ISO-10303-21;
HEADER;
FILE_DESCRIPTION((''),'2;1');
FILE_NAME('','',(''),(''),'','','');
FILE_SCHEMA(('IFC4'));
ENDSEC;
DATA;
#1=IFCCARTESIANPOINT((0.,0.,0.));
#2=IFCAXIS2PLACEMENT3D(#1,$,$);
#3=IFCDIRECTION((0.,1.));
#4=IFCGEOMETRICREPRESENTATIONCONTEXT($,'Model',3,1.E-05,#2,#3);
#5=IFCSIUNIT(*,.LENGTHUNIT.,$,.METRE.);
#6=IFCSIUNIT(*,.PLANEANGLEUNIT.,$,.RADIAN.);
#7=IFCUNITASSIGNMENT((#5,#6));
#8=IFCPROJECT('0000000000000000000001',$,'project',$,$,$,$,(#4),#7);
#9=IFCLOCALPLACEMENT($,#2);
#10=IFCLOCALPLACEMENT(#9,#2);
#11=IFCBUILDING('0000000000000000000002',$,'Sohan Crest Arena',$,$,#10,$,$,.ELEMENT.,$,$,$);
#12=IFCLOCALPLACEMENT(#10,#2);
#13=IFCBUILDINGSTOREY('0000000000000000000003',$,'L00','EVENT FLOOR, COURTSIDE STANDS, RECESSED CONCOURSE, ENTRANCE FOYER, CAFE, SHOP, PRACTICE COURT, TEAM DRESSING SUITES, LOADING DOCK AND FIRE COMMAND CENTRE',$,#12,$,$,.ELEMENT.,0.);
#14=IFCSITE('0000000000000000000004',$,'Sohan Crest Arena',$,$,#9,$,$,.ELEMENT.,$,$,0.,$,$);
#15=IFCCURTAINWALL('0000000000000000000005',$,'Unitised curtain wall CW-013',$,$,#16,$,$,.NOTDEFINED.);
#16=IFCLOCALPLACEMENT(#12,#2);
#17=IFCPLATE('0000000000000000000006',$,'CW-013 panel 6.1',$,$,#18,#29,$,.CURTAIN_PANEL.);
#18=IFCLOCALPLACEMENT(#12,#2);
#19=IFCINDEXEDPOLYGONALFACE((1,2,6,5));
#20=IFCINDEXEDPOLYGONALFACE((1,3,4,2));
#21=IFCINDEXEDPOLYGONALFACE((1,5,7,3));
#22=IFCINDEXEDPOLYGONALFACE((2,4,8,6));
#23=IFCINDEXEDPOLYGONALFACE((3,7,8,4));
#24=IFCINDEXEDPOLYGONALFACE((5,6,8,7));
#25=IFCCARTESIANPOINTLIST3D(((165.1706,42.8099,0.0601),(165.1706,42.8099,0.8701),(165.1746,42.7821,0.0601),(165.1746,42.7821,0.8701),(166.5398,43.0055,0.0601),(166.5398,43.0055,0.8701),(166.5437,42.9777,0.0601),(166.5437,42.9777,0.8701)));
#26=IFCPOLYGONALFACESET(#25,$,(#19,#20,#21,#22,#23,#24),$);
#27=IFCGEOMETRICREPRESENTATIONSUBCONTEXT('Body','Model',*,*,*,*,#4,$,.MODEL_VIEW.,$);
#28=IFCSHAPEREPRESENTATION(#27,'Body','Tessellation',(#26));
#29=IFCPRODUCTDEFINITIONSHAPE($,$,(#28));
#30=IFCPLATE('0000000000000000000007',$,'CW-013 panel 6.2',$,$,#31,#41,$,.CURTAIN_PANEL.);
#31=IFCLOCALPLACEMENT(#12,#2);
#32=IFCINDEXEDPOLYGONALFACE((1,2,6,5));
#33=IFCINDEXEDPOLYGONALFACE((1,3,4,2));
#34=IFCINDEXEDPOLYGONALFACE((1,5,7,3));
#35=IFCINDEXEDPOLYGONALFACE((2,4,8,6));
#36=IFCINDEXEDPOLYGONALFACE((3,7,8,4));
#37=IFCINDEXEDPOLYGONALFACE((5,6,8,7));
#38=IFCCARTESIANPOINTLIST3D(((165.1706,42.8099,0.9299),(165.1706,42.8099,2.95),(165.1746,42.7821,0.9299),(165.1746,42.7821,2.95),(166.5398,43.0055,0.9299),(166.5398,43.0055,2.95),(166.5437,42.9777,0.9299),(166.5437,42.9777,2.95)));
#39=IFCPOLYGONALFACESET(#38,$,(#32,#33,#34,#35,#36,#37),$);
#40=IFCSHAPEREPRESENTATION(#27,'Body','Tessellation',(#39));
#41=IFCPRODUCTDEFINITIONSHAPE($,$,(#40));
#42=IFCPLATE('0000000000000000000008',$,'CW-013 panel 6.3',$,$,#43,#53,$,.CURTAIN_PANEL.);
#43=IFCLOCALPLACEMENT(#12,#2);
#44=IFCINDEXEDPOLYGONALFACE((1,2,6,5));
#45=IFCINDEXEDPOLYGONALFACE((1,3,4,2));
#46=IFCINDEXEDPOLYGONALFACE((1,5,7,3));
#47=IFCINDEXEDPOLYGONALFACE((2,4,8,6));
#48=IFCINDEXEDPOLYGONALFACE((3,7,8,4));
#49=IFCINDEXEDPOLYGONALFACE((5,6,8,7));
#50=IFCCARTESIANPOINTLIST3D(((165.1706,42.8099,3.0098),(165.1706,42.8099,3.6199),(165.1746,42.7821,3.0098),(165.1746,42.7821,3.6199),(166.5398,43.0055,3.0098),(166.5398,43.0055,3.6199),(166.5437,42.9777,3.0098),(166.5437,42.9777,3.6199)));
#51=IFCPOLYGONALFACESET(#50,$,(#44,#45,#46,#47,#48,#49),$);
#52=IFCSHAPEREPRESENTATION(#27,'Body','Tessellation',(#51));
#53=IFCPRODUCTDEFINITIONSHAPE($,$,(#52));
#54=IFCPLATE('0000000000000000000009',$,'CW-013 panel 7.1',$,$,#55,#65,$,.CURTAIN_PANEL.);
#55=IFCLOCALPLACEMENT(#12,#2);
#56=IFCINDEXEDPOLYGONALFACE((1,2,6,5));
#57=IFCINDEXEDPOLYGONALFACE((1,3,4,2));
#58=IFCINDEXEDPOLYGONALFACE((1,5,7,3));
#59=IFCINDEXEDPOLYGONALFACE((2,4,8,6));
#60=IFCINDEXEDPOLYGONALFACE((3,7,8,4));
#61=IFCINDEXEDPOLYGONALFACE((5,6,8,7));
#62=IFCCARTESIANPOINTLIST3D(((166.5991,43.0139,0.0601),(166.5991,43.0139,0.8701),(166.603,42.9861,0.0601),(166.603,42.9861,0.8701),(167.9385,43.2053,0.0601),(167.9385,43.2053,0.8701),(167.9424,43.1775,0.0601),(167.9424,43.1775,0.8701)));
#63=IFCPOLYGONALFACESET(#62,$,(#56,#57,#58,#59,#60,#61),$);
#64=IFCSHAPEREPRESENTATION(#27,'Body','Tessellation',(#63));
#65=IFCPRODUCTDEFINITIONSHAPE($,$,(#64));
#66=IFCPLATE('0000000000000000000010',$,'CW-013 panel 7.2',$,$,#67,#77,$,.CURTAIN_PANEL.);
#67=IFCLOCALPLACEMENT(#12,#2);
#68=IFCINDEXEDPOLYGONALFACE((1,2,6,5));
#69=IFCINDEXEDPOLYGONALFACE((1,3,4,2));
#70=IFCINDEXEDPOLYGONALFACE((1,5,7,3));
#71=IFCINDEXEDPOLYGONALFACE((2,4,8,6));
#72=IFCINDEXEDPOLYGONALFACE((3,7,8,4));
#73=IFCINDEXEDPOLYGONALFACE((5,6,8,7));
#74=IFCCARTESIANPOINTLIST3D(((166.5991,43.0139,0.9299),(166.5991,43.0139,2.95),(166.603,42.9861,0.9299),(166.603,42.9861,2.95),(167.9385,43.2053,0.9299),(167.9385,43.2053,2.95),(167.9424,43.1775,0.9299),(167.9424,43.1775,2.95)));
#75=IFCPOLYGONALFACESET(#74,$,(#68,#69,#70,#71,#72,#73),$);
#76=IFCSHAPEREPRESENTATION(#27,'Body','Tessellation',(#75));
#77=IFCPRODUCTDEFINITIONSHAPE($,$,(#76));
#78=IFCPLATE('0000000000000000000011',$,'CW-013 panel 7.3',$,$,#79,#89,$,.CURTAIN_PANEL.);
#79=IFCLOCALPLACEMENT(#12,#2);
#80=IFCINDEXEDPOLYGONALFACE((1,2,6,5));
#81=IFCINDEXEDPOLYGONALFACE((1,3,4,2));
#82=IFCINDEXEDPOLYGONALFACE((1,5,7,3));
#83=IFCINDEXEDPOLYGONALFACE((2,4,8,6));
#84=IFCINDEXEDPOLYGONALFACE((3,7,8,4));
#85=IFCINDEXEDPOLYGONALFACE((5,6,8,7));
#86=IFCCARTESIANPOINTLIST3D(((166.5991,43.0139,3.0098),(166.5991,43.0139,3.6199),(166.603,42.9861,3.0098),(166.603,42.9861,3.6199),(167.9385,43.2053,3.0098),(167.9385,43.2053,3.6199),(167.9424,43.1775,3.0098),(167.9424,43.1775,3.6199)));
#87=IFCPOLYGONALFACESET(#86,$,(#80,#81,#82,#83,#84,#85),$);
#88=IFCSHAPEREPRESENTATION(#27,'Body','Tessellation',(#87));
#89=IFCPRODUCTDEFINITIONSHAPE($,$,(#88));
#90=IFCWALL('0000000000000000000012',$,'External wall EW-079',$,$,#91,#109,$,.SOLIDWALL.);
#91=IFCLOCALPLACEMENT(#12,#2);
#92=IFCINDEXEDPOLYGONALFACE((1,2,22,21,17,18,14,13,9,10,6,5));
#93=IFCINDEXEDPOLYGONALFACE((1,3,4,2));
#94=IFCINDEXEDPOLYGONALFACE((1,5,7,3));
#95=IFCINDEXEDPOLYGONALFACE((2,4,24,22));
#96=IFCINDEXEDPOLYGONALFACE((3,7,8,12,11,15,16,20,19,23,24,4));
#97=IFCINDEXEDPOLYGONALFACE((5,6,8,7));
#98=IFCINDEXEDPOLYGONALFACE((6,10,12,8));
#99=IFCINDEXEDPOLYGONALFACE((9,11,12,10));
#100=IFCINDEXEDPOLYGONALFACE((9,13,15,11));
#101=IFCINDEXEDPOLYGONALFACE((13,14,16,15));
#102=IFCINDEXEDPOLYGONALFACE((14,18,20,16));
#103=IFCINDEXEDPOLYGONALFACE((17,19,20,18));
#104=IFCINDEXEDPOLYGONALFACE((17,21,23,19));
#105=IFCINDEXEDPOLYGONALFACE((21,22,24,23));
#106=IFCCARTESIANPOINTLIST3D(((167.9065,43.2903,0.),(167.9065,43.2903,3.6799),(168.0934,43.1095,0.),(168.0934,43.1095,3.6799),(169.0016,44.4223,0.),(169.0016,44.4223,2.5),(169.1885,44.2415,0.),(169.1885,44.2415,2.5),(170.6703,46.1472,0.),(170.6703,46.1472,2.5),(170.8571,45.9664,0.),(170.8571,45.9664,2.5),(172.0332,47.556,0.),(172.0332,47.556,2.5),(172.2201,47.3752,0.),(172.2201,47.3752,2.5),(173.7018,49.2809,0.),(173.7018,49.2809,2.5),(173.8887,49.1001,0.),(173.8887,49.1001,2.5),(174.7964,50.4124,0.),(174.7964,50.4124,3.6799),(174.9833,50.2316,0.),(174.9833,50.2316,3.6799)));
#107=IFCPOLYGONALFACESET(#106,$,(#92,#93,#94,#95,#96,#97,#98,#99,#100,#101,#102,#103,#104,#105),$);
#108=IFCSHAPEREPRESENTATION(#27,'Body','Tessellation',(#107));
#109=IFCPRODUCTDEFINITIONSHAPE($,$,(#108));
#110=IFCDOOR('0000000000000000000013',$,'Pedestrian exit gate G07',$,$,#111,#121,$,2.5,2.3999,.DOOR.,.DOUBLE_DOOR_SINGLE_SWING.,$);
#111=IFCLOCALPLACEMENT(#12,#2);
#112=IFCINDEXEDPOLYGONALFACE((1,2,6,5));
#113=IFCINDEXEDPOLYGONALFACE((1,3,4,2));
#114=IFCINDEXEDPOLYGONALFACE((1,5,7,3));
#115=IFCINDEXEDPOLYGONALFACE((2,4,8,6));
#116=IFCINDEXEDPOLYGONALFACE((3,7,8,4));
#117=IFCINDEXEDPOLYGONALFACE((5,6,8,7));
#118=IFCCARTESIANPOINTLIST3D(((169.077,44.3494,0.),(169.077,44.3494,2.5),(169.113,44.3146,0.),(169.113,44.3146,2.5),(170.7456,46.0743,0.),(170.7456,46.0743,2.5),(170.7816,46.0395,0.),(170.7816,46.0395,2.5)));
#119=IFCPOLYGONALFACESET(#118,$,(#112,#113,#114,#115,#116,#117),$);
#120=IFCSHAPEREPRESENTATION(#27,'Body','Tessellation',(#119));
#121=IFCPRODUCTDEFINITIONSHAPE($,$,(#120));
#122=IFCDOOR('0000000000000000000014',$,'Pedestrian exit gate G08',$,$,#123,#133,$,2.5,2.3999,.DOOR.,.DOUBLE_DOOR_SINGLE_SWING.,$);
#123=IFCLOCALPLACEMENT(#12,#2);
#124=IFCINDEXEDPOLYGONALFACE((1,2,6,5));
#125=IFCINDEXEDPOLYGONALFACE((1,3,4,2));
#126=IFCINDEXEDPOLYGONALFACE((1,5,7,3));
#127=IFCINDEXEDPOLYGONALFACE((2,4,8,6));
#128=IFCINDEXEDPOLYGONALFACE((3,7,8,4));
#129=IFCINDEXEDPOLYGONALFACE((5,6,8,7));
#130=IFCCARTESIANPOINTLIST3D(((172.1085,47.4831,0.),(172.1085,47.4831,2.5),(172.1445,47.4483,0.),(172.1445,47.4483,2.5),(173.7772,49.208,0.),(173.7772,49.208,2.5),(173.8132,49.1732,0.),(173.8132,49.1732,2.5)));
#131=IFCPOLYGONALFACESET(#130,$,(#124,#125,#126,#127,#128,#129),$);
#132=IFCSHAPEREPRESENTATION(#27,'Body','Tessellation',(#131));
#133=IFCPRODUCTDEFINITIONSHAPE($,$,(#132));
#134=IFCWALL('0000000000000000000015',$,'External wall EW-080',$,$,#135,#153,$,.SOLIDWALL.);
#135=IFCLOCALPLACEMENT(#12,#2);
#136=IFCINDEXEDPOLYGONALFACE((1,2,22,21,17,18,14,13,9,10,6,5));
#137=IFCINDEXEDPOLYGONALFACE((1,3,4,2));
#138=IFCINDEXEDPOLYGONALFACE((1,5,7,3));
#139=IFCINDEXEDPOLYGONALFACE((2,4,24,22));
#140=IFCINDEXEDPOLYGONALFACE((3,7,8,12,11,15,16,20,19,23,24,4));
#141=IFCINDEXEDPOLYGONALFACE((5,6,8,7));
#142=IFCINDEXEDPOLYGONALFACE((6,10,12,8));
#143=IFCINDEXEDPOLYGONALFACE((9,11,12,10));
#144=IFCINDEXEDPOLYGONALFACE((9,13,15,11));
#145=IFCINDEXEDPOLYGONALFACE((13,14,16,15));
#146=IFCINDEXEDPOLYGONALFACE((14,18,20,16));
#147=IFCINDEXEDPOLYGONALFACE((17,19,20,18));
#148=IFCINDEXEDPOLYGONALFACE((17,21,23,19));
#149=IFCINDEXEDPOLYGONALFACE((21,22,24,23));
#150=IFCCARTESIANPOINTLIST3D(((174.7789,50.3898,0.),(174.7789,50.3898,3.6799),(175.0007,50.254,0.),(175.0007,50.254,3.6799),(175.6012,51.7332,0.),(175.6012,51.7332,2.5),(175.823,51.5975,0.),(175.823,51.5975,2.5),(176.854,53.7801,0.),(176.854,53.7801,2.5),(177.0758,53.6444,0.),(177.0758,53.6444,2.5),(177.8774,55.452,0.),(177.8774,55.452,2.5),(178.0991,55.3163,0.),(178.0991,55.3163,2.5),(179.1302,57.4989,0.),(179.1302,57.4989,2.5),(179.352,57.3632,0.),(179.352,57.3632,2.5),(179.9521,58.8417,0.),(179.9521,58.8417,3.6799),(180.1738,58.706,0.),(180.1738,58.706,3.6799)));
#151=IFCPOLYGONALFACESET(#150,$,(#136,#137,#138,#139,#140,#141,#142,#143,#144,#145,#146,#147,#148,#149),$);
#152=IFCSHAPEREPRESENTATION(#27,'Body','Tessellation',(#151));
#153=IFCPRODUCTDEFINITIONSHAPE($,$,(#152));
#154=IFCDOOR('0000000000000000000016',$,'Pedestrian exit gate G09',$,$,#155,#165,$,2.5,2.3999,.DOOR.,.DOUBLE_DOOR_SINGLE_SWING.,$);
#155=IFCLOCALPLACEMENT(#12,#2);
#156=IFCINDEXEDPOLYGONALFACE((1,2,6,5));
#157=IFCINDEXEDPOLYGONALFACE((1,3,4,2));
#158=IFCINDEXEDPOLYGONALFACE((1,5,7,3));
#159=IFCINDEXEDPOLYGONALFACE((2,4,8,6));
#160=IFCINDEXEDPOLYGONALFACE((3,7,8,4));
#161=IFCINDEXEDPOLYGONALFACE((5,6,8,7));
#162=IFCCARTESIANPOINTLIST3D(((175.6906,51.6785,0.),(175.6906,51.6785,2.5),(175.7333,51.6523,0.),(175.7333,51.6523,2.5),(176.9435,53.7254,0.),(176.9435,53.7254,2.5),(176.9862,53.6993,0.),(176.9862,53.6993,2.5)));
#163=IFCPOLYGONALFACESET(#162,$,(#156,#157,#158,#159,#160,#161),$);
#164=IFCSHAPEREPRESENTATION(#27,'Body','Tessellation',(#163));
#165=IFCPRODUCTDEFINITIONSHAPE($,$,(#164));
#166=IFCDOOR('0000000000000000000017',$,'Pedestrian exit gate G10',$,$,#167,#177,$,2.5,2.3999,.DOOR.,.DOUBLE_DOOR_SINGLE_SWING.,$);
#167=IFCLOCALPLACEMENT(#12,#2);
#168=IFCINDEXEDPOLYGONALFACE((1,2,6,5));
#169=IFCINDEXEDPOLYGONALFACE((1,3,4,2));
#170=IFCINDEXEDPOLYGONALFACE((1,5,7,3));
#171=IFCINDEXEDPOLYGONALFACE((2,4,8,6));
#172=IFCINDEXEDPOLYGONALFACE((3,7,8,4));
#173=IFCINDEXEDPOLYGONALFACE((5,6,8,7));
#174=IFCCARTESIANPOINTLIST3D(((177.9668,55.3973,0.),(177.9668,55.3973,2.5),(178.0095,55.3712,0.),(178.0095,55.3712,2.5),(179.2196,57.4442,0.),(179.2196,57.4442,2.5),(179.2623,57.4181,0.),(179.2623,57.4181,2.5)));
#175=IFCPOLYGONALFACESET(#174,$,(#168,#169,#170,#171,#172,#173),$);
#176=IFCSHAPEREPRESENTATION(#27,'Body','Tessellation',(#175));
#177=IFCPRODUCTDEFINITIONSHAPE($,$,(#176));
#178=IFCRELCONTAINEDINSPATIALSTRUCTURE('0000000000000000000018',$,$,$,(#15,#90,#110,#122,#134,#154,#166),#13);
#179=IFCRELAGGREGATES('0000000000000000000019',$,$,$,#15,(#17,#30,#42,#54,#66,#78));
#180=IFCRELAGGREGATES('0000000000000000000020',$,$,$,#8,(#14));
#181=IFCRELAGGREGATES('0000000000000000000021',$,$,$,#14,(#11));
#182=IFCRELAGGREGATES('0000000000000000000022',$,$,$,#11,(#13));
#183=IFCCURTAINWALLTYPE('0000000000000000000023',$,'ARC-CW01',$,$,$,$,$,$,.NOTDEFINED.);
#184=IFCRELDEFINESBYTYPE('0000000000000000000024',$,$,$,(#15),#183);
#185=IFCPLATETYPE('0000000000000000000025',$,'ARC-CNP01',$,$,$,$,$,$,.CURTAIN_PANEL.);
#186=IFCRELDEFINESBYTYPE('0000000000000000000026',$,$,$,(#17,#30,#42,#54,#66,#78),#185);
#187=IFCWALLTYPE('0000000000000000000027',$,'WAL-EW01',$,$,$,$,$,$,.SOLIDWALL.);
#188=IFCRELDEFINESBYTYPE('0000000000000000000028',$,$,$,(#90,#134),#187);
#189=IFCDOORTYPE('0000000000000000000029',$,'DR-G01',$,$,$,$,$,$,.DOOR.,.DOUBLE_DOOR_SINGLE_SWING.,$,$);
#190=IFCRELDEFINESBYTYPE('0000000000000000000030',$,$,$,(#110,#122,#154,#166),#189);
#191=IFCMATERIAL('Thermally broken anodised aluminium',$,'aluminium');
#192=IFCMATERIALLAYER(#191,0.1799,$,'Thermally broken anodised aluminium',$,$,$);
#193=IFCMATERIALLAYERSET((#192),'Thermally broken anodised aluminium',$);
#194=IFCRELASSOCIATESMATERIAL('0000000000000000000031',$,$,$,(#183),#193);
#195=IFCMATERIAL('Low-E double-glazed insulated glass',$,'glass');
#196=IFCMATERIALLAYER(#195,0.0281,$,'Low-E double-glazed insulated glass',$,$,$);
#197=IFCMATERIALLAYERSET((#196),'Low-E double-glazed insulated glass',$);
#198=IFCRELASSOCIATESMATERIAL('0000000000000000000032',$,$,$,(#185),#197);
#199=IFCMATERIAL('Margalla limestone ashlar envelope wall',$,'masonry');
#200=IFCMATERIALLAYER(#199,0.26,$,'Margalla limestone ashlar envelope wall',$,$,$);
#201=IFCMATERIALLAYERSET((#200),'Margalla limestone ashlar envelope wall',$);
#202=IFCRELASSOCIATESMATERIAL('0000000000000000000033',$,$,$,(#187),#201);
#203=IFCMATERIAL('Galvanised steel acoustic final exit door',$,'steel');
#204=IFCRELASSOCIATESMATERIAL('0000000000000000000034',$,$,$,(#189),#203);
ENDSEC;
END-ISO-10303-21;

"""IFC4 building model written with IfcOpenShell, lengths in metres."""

from ifc_helpers import new_model, si_unit, direction, frame, frame_2d, origin, origin_2d, place, context, subcontext, project, spatial, rectangle, extrude, material, layer, layer_set, type_object, element, fill, aggregate, save


model = new_model("IFC4")

# Units and contexts
model_context = context("Model", 3, precision=1e-05, world=origin(), true_north=direction((0.0, 1.0)))
body_context = subcontext(model_context, "Body", "Model", "MODEL_VIEW")
ifc_project = project(units=[si_unit("LENGTHUNIT", "METRE"), si_unit("PLANEANGLEUNIT", "RADIAN")], contexts=[model_context])

# Site, building, storey
site_placement = place(None, origin())
site = spatial("IfcSite", under=ifc_project, at=site_placement, Name="Sohan Crest Arena", CompositionType="ELEMENT", RefElevation=0.0)
building_placement = place(site_placement, origin())
building = spatial("IfcBuilding", under=site, at=building_placement, Name="Sohan Crest Arena", CompositionType="ELEMENT")
storey_placement = place(building_placement, origin())
storey = spatial("IfcBuildingStorey", under=building, at=storey_placement, Name="L00", Description="EVENT FLOOR, COURTSIDE STANDS, RECESSED CONCOURSE, ENTRANCE FOYER, CAFE, SHOP, PRACTICE COURT, TEAM DRESSING SUITES, LOADING DOCK AND FIRE COMMAND CENTRE", CompositionType="ELEMENT", Elevation=0.0)

# Curtain wall
ifc_material_1 = material(Name="Thermally broken anodised aluminium", Category="aluminium")
ifc_layer_1 = layer(ifc_material_1, 0.1799, Name="Thermally broken anodised aluminium")
ifc_layer_set_1 = layer_set([ifc_layer_1], Name="Thermally broken anodised aluminium")
curtain_wall_type = type_object("IfcCurtainWallType", Name="ARC-CW01", PredefinedType="NOTDEFINED", material=ifc_layer_set_1)
curtain_wall_placement = place(storey_placement, origin())
curtain_wall = element("IfcCurtainWall", 1, at=curtain_wall_placement, inside=storey, type_object=curtain_wall_type, Name="Unitised curtain wall CW-013", PredefinedType="NOTDEFINED")

# Plates
ifc_material_2 = material(Name="Low-E double-glazed insulated glass", Category="glass")
ifc_layer_2 = layer(ifc_material_2, 0.0281, Name="Low-E double-glazed insulated glass")
ifc_layer_set_2 = layer_set([ifc_layer_2], Name="Low-E double-glazed insulated glass")
plate_type = type_object("IfcPlateType", Name="ARC-CNP01", PredefinedType="CURTAIN_PANEL", material=ifc_layer_set_2)
plate_1_placement = place(storey_placement, frame((165.8572, 42.8938, 0.0601), z_axis=(0.0, 0.0, 1.0), x_axis=(0.989944, 0.141463, 0.0)))
plate_1 = element("IfcPlate", 2, at=plate_1_placement, type_object=plate_type, Name="CW-013 panel 6.1", PredefinedType="CURTAIN_PANEL", context=body_context, shape_type="SweptSolid", body=[
    extrude(rectangle(XDim=1.3831, YDim=0.0281, at=origin_2d()), origin(), (0.0, 0.0, 1.0), 0.8101),
])
plate_2_placement = place(storey_placement, frame((165.8572, 42.8938, 0.9299), z_axis=(0.0, 0.0, 1.0), x_axis=(0.989944, 0.141463, 0.0)))
plate_2 = element("IfcPlate", 3, at=plate_2_placement, type_object=plate_type, Name="CW-013 panel 6.2", PredefinedType="CURTAIN_PANEL", context=body_context, shape_type="SweptSolid", body=[
    extrude(rectangle(XDim=1.3831, YDim=0.0281, at=origin_2d()), origin(), (0.0, 0.0, 1.0), 2.02),
])
plate_3_placement = place(storey_placement, frame((165.8572, 42.8938, 3.0098), z_axis=(0.0, 0.0, 1.0), x_axis=(0.989944, 0.141463, 0.0)))
plate_3 = element("IfcPlate", 4, at=plate_3_placement, type_object=plate_type, Name="CW-013 panel 6.3", PredefinedType="CURTAIN_PANEL", context=body_context, shape_type="SweptSolid", body=[
    extrude(rectangle(XDim=1.3831, YDim=0.0281, at=origin_2d()), origin(), (0.0, 0.0, 1.0), 0.6101),
])
plate_4_placement = place(storey_placement, frame((167.2708, 43.0957, 0.0601), z_axis=(0.0, 0.0, 1.0), x_axis=(0.989944, 0.141463, 0.0)))
plate_4 = element("IfcPlate", 5, at=plate_4_placement, type_object=plate_type, Name="CW-013 panel 7.1", PredefinedType="CURTAIN_PANEL", context=body_context, shape_type="SweptSolid", body=[
    extrude(rectangle(XDim=1.353, YDim=0.0281, at=origin_2d()), origin(), (0.0, 0.0, 1.0), 0.8101),
])
plate_5_placement = place(storey_placement, frame((167.2708, 43.0957, 0.9299), z_axis=(0.0, 0.0, 1.0), x_axis=(0.989944, 0.141463, 0.0)))
plate_5 = element("IfcPlate", 6, at=plate_5_placement, type_object=plate_type, Name="CW-013 panel 7.2", PredefinedType="CURTAIN_PANEL", context=body_context, shape_type="SweptSolid", body=[
    extrude(rectangle(XDim=1.353, YDim=0.0281, at=origin_2d()), origin(), (0.0, 0.0, 1.0), 2.02),
])
plate_6_placement = place(storey_placement, frame((167.2708, 43.0957, 3.0098), z_axis=(0.0, 0.0, 1.0), x_axis=(0.989944, 0.141463, 0.0)))
plate_6 = element("IfcPlate", 7, at=plate_6_placement, type_object=plate_type, Name="CW-013 panel 7.3", PredefinedType="CURTAIN_PANEL", context=body_context, shape_type="SweptSolid", body=[
    extrude(rectangle(XDim=1.353, YDim=0.0281, at=origin_2d()), origin(), (0.0, 0.0, 1.0), 0.6101),
])
aggregate(curtain_wall, [plate_1, plate_2, plate_3, plate_4, plate_5, plate_6])

# Walls, openings, doors
ifc_material_3 = material(Name="Margalla limestone ashlar envelope wall", Category="masonry")
ifc_layer_3 = layer(ifc_material_3, 0.26, Name="Margalla limestone ashlar envelope wall")
ifc_layer_set_3 = layer_set([ifc_layer_3], Name="Margalla limestone ashlar envelope wall")
wall_type = type_object("IfcWallType", Name="WAL-EW01", PredefinedType="SOLIDWALL", material=ifc_layer_set_3)
wall_1_placement = place(storey_placement, frame((168.0, 43.2, 0.0), z_axis=(0.0, 0.0, 1.0), x_axis=(0.695295, 0.718725, 0.0)))
wall_1 = element("IfcWall", 8, at=wall_1_placement, inside=storey, type_object=wall_type, Name="External wall EW-079", PredefinedType="SOLIDWALL", context=body_context, shape_type="SweptSolid", body=[
    extrude(rectangle(XDim=9.9094, YDim=0.26, at=frame_2d((4.9546, 0.0))), origin(), (0.0, 0.0, 1.0), 3.6799),
])
opening_1_placement = place(wall_1_placement, frame((1.575, 0.0, 0.0)))
opening_1 = element("IfcOpeningElement", 9, at=opening_1_placement, cuts=wall_1, PredefinedType="OPENING", context=body_context, shape_type="SweptSolid", body=[
    extrude(rectangle(XDim=2.3999, YDim=2.5, at=frame_2d((1.2, 1.25))), frame((0.0, 0.1399, 0.0), z_axis=(0.0, -1.0, 0.0), x_axis=(1.0, 0.0, 0.0)), (0.0, 0.0, 1.0), 0.28),
])
opening_2_placement = place(wall_1_placement, frame((5.9351, 0.0, 0.0)))
opening_2 = element("IfcOpeningElement", 10, at=opening_2_placement, cuts=wall_1, PredefinedType="OPENING", context=body_context, shape_type="SweptSolid", body=[
    extrude(rectangle(XDim=2.3999, YDim=2.5, at=frame_2d((1.2, 1.25))), frame((0.0, 0.1399, 0.0), z_axis=(0.0, -1.0, 0.0), x_axis=(1.0, 0.0, 0.0)), (0.0, 0.0, 1.0), 0.28),
])
ifc_material_4 = material(Name="Galvanised steel acoustic final exit door", Category="steel")
door_type = type_object("IfcDoorType", Name="DR-G01", OperationType="DOUBLE_DOOR_SINGLE_SWING", PredefinedType="DOOR", material=ifc_material_4)
door_1_placement = place(opening_1_placement, frame((2.3999, 0.0, 0.0), z_axis=(0.0, 0.0, 1.0), x_axis=(-1.0, 0.0, 0.0)))
door_1 = element("IfcDoor", 11, at=door_1_placement, inside=storey, type_object=door_type, Name="Pedestrian exit gate G07", OperationType="DOUBLE_DOOR_SINGLE_SWING", OverallHeight=2.5, OverallWidth=2.3999, PredefinedType="DOOR", context=body_context, shape_type="SweptSolid", body=[
    extrude(rectangle(XDim=2.3999, YDim=2.5, at=frame_2d((1.2, 1.25))), frame((0.0, 0.0249, 0.0), z_axis=(0.0, -1.0, 0.0), x_axis=(1.0, 0.0, 0.0)), (0.0, 0.0, 1.0), 0.05),
])
fill(opening_1, door_1)
door_2_placement = place(opening_2_placement, frame((2.3999, 0.0, 0.0), z_axis=(0.0, 0.0, 1.0), x_axis=(-1.0, 0.0, 0.0)))
door_2 = element("IfcDoor", 12, at=door_2_placement, inside=storey, type_object=door_type, Name="Pedestrian exit gate G08", OperationType="DOUBLE_DOOR_SINGLE_SWING", OverallHeight=2.5, OverallWidth=2.3999, PredefinedType="DOOR", context=body_context, shape_type="SweptSolid", body=[
    extrude(rectangle(XDim=2.3999, YDim=2.5, at=frame_2d((1.2, 1.25))), frame((0.0, 0.0249, 0.0), z_axis=(0.0, -1.0, 0.0), x_axis=(1.0, 0.0, 0.0)), (0.0, 0.0, 1.0), 0.05),
])
fill(opening_2, door_2)
wall_2_placement = place(storey_placement, frame((174.8899, 50.322, 0.0), z_axis=(0.0, 0.0, 1.0), x_axis=(0.522041, 0.85292, 0.0)))
wall_2 = element("IfcWall", 13, at=wall_2_placement, inside=storey, type_object=wall_type, Name="External wall EW-080", PredefinedType="SOLIDWALL", context=body_context, shape_type="SweptSolid", body=[
    extrude(rectangle(XDim=9.9094, YDim=0.26, at=frame_2d((4.9546, 0.0))), origin(), (0.0, 0.0, 1.0), 3.6799),
])
opening_3_placement = place(wall_2_placement, frame((1.575, 0.0, 0.0)))
opening_3 = element("IfcOpeningElement", 14, at=opening_3_placement, cuts=wall_2, PredefinedType="OPENING", context=body_context, shape_type="SweptSolid", body=[
    extrude(rectangle(XDim=2.3999, YDim=2.5, at=frame_2d((1.2, 1.25))), frame((0.0, 0.1399, 0.0), z_axis=(0.0, -1.0, 0.0), x_axis=(1.0, 0.0, 0.0)), (0.0, 0.0, 1.0), 0.28),
])
opening_4_placement = place(wall_2_placement, frame((5.9351, 0.0, 0.0)))
opening_4 = element("IfcOpeningElement", 15, at=opening_4_placement, cuts=wall_2, PredefinedType="OPENING", context=body_context, shape_type="SweptSolid", body=[
    extrude(rectangle(XDim=2.3999, YDim=2.5, at=frame_2d((1.2, 1.25))), frame((0.0, 0.1399, 0.0), z_axis=(0.0, -1.0, 0.0), x_axis=(1.0, 0.0, 0.0)), (0.0, 0.0, 1.0), 0.28),
])
door_3_placement = place(opening_3_placement, frame((2.3999, 0.0, 0.0), z_axis=(0.0, 0.0, 1.0), x_axis=(-1.0, 0.0, 0.0)))
door_3 = element("IfcDoor", 16, at=door_3_placement, inside=storey, type_object=door_type, Name="Pedestrian exit gate G09", OperationType="DOUBLE_DOOR_SINGLE_SWING", OverallHeight=2.5, OverallWidth=2.3999, PredefinedType="DOOR", context=body_context, shape_type="SweptSolid", body=[
    extrude(rectangle(XDim=2.3999, YDim=2.5, at=frame_2d((1.2, 1.25))), frame((0.0, 0.0249, 0.0), z_axis=(0.0, -1.0, 0.0), x_axis=(1.0, 0.0, 0.0)), (0.0, 0.0, 1.0), 0.05),
])
fill(opening_3, door_3)
door_4_placement = place(opening_4_placement, frame((2.3999, 0.0, 0.0), z_axis=(0.0, 0.0, 1.0), x_axis=(-1.0, 0.0, 0.0)))
door_4 = element("IfcDoor", 17, at=door_4_placement, inside=storey, type_object=door_type, Name="Pedestrian exit gate G10", OperationType="DOUBLE_DOOR_SINGLE_SWING", OverallHeight=2.5, OverallWidth=2.3999, PredefinedType="DOOR", context=body_context, shape_type="SweptSolid", body=[
    extrude(rectangle(XDim=2.3999, YDim=2.5, at=frame_2d((1.2, 1.25))), frame((0.0, 0.0249, 0.0), z_axis=(0.0, -1.0, 0.0), x_axis=(1.0, 0.0, 0.0)), (0.0, 0.0, 1.0), 0.05),
])
fill(opening_4, door_4)

save(model, "model.ifc")
